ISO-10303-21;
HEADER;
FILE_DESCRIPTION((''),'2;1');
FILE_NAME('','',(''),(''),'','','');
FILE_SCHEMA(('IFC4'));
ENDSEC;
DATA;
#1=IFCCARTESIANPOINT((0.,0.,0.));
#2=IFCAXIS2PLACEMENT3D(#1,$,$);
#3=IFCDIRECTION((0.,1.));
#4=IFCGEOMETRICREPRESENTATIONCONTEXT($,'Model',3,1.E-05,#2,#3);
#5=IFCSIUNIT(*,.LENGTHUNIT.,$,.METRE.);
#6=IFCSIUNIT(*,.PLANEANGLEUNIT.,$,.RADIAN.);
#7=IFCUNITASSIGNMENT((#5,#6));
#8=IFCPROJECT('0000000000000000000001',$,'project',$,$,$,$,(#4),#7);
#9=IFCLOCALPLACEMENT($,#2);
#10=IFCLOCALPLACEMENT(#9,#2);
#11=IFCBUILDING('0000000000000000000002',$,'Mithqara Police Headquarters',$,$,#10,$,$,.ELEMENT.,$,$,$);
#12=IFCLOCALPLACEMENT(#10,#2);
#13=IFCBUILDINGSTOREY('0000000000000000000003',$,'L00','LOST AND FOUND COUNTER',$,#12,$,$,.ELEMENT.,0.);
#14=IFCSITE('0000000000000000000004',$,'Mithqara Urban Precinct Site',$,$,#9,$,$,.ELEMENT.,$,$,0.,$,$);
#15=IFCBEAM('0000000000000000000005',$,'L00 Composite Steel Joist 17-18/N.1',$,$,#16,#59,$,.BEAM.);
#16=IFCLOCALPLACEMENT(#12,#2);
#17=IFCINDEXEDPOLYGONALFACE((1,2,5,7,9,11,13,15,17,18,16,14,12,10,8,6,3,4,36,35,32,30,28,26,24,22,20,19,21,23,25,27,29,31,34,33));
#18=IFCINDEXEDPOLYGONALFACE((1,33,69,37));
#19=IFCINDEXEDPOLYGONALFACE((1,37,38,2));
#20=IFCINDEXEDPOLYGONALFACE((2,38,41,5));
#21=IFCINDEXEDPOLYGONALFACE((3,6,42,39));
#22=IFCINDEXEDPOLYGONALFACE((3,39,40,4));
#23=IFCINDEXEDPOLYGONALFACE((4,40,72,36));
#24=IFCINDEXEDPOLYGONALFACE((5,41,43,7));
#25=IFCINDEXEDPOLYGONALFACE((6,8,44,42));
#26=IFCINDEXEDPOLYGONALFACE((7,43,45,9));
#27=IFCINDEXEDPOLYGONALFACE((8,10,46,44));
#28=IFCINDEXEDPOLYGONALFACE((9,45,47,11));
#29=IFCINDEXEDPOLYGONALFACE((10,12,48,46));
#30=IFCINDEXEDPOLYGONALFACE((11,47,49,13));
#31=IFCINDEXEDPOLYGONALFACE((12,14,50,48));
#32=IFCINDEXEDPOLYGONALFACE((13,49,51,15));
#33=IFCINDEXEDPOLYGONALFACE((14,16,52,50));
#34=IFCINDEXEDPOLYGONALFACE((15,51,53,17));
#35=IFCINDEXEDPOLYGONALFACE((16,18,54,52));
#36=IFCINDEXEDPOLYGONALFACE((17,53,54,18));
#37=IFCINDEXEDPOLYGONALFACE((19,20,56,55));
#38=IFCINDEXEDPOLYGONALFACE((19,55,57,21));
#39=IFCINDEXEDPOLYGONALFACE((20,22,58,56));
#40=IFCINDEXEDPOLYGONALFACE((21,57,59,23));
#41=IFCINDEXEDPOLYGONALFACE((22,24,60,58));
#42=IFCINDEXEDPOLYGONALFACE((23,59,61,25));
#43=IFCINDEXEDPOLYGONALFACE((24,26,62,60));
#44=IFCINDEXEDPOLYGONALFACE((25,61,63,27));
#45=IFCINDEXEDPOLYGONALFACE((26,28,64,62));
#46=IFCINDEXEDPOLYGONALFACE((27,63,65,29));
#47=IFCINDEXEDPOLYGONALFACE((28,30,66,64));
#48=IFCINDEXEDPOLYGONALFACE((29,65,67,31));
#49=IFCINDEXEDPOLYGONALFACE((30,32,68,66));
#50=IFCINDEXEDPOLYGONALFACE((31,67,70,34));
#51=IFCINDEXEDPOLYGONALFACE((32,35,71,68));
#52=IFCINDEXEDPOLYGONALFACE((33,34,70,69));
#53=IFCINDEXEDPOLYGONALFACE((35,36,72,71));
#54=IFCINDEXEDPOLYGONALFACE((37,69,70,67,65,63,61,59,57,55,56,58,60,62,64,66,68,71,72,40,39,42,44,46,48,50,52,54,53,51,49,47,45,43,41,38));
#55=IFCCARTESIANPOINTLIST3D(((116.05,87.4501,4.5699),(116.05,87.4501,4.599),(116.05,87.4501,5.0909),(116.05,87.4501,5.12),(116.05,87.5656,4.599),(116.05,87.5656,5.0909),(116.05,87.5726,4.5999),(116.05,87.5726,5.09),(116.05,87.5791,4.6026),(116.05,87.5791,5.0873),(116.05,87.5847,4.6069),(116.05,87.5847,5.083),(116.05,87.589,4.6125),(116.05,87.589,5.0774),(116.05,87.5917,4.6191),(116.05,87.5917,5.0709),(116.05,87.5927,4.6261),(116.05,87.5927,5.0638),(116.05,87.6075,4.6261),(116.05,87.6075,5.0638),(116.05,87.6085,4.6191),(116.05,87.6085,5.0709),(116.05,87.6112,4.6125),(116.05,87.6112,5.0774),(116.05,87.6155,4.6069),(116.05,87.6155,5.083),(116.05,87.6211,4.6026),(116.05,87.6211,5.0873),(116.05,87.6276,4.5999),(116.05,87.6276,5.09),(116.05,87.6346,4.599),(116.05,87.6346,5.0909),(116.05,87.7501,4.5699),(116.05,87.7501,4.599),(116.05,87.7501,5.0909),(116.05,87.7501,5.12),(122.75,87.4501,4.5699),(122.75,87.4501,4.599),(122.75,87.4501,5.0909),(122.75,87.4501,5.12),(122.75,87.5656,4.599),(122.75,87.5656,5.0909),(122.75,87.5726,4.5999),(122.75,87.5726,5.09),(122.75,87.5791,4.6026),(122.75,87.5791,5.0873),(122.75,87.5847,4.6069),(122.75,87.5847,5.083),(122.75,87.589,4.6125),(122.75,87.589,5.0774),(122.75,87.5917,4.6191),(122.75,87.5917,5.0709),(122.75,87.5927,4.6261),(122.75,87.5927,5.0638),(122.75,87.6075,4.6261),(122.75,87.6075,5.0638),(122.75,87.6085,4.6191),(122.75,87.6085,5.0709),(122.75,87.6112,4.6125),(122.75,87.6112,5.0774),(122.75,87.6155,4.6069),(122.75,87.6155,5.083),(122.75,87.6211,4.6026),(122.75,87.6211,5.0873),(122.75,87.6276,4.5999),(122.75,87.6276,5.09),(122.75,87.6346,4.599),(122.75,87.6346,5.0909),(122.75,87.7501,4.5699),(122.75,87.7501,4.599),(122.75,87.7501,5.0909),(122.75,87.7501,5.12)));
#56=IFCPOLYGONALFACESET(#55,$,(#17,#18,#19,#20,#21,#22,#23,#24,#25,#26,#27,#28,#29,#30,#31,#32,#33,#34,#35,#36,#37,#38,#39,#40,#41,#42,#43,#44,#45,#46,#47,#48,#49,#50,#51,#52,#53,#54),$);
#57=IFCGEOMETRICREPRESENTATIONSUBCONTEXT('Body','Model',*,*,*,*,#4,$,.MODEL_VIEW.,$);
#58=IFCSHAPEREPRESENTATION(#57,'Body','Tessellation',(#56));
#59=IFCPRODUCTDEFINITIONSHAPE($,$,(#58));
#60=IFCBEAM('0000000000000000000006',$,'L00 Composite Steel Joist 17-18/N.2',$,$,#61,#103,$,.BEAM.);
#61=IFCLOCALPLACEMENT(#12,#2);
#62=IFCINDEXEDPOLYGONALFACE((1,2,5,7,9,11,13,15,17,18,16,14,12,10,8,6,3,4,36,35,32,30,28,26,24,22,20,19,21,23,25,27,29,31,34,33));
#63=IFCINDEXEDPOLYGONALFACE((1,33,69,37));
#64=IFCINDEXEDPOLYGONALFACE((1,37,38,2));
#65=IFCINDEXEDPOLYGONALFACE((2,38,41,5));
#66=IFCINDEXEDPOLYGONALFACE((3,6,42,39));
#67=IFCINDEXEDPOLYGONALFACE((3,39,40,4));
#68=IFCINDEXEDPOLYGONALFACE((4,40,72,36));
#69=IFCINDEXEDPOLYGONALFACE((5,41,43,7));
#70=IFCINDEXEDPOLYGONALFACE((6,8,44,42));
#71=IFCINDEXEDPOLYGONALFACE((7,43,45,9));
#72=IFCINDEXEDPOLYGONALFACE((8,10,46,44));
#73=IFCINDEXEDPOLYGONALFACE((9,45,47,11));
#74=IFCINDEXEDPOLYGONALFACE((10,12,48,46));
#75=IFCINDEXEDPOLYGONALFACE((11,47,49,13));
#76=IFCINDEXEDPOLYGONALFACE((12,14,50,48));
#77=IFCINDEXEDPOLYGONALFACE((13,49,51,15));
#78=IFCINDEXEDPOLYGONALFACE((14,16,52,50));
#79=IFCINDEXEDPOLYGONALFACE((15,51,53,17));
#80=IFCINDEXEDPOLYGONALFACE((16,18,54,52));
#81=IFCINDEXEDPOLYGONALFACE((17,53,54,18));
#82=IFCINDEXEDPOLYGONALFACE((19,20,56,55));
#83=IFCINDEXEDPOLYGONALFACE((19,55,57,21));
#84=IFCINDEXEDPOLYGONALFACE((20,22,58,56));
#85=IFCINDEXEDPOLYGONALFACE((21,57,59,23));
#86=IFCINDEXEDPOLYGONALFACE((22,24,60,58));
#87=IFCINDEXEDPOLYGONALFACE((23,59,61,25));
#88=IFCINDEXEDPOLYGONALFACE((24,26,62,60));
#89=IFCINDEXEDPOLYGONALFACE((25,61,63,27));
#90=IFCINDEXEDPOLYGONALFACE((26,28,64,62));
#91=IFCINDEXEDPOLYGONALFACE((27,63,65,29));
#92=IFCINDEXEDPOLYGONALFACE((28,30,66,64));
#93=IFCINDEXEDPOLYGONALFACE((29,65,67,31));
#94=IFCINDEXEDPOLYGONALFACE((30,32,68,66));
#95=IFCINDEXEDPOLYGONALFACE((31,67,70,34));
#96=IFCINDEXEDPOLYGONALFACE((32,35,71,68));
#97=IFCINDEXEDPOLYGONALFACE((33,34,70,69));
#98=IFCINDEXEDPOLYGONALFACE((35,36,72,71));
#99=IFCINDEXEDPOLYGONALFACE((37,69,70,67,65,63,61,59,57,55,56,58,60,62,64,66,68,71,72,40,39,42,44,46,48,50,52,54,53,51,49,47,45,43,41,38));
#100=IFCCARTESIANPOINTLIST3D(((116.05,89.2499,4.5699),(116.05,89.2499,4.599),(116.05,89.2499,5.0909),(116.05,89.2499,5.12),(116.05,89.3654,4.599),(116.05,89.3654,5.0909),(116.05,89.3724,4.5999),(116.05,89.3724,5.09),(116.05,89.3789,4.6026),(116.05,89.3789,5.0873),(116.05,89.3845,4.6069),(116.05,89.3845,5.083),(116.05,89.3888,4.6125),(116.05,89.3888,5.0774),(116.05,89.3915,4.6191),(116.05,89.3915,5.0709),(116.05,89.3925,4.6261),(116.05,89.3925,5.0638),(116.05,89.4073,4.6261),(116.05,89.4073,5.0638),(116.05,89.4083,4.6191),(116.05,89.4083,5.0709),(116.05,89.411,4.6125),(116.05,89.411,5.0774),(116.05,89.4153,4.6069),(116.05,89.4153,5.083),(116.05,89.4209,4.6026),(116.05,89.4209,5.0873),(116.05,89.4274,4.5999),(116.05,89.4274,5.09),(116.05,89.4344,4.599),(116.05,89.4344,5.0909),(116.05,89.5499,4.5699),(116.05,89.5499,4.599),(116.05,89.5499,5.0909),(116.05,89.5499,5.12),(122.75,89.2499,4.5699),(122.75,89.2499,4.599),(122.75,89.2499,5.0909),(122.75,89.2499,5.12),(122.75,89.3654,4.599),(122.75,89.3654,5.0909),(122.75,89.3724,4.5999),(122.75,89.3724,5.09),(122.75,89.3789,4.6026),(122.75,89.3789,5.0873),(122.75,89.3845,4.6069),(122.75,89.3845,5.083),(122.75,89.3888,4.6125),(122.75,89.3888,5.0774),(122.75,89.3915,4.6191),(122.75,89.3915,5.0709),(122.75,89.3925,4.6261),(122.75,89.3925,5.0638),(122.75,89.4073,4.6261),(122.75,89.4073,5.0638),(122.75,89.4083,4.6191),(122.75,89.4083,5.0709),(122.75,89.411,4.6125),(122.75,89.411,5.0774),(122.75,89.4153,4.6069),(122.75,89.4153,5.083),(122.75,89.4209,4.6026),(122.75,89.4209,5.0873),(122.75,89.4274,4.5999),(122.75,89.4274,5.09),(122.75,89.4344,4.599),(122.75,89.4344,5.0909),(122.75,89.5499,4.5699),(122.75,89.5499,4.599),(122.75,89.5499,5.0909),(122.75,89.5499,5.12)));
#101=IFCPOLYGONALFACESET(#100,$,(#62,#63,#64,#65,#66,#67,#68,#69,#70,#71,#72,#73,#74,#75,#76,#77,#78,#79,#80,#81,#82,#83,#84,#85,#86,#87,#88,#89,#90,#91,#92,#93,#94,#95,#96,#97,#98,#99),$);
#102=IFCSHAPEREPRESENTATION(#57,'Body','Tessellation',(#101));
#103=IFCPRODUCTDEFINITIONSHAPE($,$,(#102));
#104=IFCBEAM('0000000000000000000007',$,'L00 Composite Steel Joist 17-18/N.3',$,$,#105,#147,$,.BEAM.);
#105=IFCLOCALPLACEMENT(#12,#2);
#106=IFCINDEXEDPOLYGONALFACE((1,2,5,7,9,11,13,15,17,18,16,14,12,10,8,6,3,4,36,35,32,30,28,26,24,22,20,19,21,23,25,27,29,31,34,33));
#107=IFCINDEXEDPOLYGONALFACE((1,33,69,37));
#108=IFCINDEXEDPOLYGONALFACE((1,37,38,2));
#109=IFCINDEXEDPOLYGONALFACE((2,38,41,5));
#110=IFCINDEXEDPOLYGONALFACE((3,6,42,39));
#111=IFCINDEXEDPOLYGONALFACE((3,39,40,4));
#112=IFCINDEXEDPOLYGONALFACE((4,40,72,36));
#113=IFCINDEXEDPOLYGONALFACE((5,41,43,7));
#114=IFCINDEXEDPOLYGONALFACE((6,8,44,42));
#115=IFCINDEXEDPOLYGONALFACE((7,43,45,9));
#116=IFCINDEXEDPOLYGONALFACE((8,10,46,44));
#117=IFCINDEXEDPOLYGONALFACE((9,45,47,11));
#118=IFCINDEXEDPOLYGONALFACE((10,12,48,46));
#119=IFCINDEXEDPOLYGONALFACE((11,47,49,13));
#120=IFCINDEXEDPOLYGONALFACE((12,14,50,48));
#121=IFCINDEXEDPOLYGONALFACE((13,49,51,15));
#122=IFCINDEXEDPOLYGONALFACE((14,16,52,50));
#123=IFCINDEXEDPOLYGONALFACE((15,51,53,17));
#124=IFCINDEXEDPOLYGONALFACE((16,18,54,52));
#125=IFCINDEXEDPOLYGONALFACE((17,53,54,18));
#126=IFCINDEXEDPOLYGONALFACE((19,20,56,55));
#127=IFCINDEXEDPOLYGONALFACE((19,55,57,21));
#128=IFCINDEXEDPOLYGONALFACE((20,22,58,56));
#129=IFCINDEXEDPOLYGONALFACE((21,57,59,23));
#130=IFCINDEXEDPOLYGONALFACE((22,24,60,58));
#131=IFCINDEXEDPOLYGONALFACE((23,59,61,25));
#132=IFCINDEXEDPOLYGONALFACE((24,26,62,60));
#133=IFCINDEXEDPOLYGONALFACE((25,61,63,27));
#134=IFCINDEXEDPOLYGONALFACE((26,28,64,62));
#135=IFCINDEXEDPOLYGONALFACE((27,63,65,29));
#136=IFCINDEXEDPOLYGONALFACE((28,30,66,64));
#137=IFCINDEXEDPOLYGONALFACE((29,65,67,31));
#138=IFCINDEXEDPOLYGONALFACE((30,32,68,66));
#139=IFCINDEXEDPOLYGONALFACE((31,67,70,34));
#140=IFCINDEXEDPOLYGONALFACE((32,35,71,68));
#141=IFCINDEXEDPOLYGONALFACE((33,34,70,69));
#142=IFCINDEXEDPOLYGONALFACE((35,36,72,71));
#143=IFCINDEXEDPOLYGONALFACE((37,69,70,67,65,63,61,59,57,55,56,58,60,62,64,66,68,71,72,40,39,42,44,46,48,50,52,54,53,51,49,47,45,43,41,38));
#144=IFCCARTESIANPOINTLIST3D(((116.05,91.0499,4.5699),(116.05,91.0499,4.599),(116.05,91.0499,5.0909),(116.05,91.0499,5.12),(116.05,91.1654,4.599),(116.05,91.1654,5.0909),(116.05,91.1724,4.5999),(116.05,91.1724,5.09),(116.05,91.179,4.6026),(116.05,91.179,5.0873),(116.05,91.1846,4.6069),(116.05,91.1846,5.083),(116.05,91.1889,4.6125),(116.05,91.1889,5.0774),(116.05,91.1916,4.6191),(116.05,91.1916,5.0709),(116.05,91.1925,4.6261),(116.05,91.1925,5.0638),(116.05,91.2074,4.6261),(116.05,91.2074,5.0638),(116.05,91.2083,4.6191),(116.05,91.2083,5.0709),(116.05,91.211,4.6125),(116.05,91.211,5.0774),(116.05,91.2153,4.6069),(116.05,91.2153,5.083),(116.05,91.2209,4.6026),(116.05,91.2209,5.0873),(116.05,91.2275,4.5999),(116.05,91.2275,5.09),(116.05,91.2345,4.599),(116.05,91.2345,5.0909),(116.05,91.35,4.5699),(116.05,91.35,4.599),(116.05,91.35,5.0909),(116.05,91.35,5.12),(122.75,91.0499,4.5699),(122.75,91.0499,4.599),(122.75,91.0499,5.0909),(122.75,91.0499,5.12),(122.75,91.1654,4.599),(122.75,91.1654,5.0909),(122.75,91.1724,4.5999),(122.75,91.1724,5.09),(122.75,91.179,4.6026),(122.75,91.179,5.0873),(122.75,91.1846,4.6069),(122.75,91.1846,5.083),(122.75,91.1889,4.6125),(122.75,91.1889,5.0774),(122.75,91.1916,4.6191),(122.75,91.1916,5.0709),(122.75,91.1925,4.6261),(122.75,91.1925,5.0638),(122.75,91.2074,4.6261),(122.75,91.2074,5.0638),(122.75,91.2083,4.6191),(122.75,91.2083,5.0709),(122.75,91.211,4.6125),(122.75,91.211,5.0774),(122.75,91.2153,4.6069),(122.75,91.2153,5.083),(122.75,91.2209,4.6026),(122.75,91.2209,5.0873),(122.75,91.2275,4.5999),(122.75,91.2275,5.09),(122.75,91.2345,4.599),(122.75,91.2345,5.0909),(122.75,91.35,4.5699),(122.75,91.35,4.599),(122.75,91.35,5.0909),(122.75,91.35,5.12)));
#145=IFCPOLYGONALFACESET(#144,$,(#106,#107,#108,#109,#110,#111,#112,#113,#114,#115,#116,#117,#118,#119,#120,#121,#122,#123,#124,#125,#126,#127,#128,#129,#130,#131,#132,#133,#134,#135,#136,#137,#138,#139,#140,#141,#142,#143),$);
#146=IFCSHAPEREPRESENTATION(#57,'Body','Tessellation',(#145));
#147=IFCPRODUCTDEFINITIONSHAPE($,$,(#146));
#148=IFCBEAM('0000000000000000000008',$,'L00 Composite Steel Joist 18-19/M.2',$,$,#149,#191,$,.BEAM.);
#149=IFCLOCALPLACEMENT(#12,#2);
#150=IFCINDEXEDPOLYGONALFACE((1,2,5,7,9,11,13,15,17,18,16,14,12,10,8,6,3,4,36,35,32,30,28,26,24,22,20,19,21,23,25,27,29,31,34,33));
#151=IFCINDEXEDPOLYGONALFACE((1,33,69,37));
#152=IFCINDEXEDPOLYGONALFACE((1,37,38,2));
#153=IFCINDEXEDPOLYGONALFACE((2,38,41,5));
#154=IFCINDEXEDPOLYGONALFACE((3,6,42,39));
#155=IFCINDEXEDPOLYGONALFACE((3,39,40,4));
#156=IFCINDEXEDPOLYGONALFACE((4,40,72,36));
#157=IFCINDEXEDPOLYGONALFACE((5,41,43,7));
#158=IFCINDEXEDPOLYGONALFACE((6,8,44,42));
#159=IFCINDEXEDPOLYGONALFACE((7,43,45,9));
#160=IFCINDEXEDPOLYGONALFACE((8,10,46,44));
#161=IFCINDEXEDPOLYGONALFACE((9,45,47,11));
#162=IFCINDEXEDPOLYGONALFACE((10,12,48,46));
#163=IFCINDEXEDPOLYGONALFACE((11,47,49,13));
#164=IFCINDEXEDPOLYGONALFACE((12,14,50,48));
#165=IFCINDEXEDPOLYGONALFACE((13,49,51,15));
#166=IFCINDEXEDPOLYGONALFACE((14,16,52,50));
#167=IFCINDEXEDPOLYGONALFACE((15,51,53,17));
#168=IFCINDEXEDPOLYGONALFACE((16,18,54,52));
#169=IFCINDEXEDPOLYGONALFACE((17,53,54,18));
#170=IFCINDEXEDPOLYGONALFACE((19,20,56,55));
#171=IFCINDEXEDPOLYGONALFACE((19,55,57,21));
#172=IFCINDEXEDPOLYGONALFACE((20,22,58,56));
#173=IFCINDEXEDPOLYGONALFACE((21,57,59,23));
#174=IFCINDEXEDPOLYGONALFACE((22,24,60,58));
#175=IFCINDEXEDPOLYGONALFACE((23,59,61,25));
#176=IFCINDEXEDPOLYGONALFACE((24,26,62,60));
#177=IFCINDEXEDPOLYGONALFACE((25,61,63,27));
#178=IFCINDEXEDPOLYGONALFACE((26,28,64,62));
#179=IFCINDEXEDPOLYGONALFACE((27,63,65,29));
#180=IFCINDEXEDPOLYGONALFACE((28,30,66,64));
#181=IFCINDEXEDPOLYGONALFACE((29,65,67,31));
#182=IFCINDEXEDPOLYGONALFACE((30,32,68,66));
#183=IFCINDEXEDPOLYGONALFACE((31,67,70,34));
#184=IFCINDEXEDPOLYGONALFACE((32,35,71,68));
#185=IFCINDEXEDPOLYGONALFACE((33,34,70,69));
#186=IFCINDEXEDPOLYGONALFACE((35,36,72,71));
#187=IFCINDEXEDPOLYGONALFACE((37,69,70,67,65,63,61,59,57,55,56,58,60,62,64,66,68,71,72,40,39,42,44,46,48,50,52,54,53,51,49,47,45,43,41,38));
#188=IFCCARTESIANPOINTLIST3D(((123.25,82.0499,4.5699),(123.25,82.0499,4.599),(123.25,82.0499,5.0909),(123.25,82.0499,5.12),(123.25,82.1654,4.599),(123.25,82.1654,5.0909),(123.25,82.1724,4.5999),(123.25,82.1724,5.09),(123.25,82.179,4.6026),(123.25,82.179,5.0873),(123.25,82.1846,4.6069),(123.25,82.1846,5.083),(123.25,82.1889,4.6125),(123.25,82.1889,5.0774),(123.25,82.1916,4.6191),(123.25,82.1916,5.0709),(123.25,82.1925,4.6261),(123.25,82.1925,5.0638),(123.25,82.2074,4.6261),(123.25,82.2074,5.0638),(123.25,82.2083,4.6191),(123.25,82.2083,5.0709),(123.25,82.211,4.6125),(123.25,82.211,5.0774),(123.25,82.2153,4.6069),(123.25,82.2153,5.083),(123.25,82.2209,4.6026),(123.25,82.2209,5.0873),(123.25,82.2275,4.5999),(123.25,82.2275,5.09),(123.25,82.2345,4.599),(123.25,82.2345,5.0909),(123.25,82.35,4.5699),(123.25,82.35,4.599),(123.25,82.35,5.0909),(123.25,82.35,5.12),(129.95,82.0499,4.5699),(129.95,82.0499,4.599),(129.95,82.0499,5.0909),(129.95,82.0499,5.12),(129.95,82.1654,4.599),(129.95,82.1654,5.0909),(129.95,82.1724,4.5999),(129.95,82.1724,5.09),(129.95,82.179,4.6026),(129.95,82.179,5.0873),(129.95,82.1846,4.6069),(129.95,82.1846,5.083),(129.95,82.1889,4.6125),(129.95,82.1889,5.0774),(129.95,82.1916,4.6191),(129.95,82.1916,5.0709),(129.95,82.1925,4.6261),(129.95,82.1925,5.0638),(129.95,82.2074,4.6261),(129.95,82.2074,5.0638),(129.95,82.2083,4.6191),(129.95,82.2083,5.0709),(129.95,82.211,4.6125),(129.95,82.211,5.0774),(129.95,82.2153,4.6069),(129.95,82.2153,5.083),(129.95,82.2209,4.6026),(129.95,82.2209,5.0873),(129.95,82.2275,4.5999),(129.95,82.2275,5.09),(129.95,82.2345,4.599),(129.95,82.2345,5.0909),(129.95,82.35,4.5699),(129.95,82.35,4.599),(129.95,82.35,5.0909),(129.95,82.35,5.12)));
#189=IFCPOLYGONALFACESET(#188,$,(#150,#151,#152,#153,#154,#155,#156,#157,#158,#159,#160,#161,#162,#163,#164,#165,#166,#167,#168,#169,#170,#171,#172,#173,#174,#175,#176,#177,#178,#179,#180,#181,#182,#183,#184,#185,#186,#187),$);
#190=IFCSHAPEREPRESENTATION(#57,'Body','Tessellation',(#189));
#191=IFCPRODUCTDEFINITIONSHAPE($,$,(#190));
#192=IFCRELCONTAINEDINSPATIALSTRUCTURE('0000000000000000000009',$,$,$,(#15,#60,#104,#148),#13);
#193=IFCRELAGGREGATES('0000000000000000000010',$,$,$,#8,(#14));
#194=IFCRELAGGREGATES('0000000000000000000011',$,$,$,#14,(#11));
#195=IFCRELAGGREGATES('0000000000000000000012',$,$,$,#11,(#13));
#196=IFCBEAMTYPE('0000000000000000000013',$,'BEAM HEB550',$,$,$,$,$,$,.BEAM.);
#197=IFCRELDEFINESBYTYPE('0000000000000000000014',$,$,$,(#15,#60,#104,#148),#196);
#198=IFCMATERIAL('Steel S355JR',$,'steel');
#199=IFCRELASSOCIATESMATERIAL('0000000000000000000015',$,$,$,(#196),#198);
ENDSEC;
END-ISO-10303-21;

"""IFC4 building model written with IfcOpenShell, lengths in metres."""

from ifc_helpers import new_model, si_unit, direction, frame, origin, origin_2d, place, context, subcontext, project, spatial, i_section, extrude, material, material_profile, profile_set, type_object, element, save


model = new_model("IFC4")

# Units and contexts
model_context = context("Model", 3, precision=1e-05, world=origin(), true_north=direction((0.0, 1.0)))
body_context = subcontext(model_context, "Body", "Model", "MODEL_VIEW")
ifc_project = project(units=[si_unit("LENGTHUNIT", "METRE"), si_unit("PLANEANGLEUNIT", "RADIAN")], contexts=[model_context])

# Site, building, storey
site_placement = place(None, origin())
site = spatial("IfcSite", under=ifc_project, at=site_placement, Name="Mithqara Urban Precinct Site", CompositionType="ELEMENT", RefElevation=0.0)
building_placement = place(site_placement, origin())
building = spatial("IfcBuilding", under=site, at=building_placement, Name="Mithqara Police Headquarters", CompositionType="ELEMENT")
storey_placement = place(building_placement, origin())
storey = spatial("IfcBuildingStorey", under=building, at=storey_placement, Name="L00", Description="LOST AND FOUND COUNTER", CompositionType="ELEMENT", Elevation=0.0)

# Beams
ifc_material_1 = material(Name="Steel S355JR", Category="steel")
ifc_material_profile_1 = material_profile(ifc_material_1, i_section(OverallWidth=0.3, OverallDepth=0.55, WebThickness=0.0149, FlangeThickness=0.0291, FilletRadius=0.0271, at=origin_2d()), Name="HEB 550")
ifc_profile_set_1 = profile_set([ifc_material_profile_1], Name="Steel S355JR")
beam_type_1 = type_object("IfcBeamType", Name="BEAM HEB550", PredefinedType="BEAM", material=ifc_profile_set_1)
for number, where, z_axis, x_axis, name in (
    (1, (116.05, 87.6001, 4.845), (1.0, 0.0, 0.0), (0.0, 1.0, 0.0), "L00 Composite Steel Joist 17-18/N.1"),
    (2, (116.05, 89.3999, 4.845), (1.0, 0.0, 0.0), (0.0, 1.0, 0.0), "L00 Composite Steel Joist 17-18/N.2"),
    (3, (116.05, 91.2, 4.845), (1.0, 0.0, 0.0), (0.0, 1.0, 0.0), "L00 Composite Steel Joist 17-18/N.3"),
    (4, (123.25, 82.2, 4.845), (1.0, 0.0, 0.0), (0.0, 1.0, 0.0), "L00 Composite Steel Joist 18-19/M.2"),
):
    element("IfcBeam", number, at=place(storey_placement, frame(where, z_axis=z_axis, x_axis=x_axis)), inside=storey, type_object=beam_type_1, Name=name, PredefinedType="BEAM", context=body_context, shape_type="SweptSolid", body=[
        extrude(i_section(OverallWidth=0.3, OverallDepth=0.55, WebThickness=0.0149, FlangeThickness=0.0291, FilletRadius=0.0271, at=origin_2d()), origin(), (0.0, 0.0, 1.0), 6.7),
    ])

save(model, "model.ifc")
